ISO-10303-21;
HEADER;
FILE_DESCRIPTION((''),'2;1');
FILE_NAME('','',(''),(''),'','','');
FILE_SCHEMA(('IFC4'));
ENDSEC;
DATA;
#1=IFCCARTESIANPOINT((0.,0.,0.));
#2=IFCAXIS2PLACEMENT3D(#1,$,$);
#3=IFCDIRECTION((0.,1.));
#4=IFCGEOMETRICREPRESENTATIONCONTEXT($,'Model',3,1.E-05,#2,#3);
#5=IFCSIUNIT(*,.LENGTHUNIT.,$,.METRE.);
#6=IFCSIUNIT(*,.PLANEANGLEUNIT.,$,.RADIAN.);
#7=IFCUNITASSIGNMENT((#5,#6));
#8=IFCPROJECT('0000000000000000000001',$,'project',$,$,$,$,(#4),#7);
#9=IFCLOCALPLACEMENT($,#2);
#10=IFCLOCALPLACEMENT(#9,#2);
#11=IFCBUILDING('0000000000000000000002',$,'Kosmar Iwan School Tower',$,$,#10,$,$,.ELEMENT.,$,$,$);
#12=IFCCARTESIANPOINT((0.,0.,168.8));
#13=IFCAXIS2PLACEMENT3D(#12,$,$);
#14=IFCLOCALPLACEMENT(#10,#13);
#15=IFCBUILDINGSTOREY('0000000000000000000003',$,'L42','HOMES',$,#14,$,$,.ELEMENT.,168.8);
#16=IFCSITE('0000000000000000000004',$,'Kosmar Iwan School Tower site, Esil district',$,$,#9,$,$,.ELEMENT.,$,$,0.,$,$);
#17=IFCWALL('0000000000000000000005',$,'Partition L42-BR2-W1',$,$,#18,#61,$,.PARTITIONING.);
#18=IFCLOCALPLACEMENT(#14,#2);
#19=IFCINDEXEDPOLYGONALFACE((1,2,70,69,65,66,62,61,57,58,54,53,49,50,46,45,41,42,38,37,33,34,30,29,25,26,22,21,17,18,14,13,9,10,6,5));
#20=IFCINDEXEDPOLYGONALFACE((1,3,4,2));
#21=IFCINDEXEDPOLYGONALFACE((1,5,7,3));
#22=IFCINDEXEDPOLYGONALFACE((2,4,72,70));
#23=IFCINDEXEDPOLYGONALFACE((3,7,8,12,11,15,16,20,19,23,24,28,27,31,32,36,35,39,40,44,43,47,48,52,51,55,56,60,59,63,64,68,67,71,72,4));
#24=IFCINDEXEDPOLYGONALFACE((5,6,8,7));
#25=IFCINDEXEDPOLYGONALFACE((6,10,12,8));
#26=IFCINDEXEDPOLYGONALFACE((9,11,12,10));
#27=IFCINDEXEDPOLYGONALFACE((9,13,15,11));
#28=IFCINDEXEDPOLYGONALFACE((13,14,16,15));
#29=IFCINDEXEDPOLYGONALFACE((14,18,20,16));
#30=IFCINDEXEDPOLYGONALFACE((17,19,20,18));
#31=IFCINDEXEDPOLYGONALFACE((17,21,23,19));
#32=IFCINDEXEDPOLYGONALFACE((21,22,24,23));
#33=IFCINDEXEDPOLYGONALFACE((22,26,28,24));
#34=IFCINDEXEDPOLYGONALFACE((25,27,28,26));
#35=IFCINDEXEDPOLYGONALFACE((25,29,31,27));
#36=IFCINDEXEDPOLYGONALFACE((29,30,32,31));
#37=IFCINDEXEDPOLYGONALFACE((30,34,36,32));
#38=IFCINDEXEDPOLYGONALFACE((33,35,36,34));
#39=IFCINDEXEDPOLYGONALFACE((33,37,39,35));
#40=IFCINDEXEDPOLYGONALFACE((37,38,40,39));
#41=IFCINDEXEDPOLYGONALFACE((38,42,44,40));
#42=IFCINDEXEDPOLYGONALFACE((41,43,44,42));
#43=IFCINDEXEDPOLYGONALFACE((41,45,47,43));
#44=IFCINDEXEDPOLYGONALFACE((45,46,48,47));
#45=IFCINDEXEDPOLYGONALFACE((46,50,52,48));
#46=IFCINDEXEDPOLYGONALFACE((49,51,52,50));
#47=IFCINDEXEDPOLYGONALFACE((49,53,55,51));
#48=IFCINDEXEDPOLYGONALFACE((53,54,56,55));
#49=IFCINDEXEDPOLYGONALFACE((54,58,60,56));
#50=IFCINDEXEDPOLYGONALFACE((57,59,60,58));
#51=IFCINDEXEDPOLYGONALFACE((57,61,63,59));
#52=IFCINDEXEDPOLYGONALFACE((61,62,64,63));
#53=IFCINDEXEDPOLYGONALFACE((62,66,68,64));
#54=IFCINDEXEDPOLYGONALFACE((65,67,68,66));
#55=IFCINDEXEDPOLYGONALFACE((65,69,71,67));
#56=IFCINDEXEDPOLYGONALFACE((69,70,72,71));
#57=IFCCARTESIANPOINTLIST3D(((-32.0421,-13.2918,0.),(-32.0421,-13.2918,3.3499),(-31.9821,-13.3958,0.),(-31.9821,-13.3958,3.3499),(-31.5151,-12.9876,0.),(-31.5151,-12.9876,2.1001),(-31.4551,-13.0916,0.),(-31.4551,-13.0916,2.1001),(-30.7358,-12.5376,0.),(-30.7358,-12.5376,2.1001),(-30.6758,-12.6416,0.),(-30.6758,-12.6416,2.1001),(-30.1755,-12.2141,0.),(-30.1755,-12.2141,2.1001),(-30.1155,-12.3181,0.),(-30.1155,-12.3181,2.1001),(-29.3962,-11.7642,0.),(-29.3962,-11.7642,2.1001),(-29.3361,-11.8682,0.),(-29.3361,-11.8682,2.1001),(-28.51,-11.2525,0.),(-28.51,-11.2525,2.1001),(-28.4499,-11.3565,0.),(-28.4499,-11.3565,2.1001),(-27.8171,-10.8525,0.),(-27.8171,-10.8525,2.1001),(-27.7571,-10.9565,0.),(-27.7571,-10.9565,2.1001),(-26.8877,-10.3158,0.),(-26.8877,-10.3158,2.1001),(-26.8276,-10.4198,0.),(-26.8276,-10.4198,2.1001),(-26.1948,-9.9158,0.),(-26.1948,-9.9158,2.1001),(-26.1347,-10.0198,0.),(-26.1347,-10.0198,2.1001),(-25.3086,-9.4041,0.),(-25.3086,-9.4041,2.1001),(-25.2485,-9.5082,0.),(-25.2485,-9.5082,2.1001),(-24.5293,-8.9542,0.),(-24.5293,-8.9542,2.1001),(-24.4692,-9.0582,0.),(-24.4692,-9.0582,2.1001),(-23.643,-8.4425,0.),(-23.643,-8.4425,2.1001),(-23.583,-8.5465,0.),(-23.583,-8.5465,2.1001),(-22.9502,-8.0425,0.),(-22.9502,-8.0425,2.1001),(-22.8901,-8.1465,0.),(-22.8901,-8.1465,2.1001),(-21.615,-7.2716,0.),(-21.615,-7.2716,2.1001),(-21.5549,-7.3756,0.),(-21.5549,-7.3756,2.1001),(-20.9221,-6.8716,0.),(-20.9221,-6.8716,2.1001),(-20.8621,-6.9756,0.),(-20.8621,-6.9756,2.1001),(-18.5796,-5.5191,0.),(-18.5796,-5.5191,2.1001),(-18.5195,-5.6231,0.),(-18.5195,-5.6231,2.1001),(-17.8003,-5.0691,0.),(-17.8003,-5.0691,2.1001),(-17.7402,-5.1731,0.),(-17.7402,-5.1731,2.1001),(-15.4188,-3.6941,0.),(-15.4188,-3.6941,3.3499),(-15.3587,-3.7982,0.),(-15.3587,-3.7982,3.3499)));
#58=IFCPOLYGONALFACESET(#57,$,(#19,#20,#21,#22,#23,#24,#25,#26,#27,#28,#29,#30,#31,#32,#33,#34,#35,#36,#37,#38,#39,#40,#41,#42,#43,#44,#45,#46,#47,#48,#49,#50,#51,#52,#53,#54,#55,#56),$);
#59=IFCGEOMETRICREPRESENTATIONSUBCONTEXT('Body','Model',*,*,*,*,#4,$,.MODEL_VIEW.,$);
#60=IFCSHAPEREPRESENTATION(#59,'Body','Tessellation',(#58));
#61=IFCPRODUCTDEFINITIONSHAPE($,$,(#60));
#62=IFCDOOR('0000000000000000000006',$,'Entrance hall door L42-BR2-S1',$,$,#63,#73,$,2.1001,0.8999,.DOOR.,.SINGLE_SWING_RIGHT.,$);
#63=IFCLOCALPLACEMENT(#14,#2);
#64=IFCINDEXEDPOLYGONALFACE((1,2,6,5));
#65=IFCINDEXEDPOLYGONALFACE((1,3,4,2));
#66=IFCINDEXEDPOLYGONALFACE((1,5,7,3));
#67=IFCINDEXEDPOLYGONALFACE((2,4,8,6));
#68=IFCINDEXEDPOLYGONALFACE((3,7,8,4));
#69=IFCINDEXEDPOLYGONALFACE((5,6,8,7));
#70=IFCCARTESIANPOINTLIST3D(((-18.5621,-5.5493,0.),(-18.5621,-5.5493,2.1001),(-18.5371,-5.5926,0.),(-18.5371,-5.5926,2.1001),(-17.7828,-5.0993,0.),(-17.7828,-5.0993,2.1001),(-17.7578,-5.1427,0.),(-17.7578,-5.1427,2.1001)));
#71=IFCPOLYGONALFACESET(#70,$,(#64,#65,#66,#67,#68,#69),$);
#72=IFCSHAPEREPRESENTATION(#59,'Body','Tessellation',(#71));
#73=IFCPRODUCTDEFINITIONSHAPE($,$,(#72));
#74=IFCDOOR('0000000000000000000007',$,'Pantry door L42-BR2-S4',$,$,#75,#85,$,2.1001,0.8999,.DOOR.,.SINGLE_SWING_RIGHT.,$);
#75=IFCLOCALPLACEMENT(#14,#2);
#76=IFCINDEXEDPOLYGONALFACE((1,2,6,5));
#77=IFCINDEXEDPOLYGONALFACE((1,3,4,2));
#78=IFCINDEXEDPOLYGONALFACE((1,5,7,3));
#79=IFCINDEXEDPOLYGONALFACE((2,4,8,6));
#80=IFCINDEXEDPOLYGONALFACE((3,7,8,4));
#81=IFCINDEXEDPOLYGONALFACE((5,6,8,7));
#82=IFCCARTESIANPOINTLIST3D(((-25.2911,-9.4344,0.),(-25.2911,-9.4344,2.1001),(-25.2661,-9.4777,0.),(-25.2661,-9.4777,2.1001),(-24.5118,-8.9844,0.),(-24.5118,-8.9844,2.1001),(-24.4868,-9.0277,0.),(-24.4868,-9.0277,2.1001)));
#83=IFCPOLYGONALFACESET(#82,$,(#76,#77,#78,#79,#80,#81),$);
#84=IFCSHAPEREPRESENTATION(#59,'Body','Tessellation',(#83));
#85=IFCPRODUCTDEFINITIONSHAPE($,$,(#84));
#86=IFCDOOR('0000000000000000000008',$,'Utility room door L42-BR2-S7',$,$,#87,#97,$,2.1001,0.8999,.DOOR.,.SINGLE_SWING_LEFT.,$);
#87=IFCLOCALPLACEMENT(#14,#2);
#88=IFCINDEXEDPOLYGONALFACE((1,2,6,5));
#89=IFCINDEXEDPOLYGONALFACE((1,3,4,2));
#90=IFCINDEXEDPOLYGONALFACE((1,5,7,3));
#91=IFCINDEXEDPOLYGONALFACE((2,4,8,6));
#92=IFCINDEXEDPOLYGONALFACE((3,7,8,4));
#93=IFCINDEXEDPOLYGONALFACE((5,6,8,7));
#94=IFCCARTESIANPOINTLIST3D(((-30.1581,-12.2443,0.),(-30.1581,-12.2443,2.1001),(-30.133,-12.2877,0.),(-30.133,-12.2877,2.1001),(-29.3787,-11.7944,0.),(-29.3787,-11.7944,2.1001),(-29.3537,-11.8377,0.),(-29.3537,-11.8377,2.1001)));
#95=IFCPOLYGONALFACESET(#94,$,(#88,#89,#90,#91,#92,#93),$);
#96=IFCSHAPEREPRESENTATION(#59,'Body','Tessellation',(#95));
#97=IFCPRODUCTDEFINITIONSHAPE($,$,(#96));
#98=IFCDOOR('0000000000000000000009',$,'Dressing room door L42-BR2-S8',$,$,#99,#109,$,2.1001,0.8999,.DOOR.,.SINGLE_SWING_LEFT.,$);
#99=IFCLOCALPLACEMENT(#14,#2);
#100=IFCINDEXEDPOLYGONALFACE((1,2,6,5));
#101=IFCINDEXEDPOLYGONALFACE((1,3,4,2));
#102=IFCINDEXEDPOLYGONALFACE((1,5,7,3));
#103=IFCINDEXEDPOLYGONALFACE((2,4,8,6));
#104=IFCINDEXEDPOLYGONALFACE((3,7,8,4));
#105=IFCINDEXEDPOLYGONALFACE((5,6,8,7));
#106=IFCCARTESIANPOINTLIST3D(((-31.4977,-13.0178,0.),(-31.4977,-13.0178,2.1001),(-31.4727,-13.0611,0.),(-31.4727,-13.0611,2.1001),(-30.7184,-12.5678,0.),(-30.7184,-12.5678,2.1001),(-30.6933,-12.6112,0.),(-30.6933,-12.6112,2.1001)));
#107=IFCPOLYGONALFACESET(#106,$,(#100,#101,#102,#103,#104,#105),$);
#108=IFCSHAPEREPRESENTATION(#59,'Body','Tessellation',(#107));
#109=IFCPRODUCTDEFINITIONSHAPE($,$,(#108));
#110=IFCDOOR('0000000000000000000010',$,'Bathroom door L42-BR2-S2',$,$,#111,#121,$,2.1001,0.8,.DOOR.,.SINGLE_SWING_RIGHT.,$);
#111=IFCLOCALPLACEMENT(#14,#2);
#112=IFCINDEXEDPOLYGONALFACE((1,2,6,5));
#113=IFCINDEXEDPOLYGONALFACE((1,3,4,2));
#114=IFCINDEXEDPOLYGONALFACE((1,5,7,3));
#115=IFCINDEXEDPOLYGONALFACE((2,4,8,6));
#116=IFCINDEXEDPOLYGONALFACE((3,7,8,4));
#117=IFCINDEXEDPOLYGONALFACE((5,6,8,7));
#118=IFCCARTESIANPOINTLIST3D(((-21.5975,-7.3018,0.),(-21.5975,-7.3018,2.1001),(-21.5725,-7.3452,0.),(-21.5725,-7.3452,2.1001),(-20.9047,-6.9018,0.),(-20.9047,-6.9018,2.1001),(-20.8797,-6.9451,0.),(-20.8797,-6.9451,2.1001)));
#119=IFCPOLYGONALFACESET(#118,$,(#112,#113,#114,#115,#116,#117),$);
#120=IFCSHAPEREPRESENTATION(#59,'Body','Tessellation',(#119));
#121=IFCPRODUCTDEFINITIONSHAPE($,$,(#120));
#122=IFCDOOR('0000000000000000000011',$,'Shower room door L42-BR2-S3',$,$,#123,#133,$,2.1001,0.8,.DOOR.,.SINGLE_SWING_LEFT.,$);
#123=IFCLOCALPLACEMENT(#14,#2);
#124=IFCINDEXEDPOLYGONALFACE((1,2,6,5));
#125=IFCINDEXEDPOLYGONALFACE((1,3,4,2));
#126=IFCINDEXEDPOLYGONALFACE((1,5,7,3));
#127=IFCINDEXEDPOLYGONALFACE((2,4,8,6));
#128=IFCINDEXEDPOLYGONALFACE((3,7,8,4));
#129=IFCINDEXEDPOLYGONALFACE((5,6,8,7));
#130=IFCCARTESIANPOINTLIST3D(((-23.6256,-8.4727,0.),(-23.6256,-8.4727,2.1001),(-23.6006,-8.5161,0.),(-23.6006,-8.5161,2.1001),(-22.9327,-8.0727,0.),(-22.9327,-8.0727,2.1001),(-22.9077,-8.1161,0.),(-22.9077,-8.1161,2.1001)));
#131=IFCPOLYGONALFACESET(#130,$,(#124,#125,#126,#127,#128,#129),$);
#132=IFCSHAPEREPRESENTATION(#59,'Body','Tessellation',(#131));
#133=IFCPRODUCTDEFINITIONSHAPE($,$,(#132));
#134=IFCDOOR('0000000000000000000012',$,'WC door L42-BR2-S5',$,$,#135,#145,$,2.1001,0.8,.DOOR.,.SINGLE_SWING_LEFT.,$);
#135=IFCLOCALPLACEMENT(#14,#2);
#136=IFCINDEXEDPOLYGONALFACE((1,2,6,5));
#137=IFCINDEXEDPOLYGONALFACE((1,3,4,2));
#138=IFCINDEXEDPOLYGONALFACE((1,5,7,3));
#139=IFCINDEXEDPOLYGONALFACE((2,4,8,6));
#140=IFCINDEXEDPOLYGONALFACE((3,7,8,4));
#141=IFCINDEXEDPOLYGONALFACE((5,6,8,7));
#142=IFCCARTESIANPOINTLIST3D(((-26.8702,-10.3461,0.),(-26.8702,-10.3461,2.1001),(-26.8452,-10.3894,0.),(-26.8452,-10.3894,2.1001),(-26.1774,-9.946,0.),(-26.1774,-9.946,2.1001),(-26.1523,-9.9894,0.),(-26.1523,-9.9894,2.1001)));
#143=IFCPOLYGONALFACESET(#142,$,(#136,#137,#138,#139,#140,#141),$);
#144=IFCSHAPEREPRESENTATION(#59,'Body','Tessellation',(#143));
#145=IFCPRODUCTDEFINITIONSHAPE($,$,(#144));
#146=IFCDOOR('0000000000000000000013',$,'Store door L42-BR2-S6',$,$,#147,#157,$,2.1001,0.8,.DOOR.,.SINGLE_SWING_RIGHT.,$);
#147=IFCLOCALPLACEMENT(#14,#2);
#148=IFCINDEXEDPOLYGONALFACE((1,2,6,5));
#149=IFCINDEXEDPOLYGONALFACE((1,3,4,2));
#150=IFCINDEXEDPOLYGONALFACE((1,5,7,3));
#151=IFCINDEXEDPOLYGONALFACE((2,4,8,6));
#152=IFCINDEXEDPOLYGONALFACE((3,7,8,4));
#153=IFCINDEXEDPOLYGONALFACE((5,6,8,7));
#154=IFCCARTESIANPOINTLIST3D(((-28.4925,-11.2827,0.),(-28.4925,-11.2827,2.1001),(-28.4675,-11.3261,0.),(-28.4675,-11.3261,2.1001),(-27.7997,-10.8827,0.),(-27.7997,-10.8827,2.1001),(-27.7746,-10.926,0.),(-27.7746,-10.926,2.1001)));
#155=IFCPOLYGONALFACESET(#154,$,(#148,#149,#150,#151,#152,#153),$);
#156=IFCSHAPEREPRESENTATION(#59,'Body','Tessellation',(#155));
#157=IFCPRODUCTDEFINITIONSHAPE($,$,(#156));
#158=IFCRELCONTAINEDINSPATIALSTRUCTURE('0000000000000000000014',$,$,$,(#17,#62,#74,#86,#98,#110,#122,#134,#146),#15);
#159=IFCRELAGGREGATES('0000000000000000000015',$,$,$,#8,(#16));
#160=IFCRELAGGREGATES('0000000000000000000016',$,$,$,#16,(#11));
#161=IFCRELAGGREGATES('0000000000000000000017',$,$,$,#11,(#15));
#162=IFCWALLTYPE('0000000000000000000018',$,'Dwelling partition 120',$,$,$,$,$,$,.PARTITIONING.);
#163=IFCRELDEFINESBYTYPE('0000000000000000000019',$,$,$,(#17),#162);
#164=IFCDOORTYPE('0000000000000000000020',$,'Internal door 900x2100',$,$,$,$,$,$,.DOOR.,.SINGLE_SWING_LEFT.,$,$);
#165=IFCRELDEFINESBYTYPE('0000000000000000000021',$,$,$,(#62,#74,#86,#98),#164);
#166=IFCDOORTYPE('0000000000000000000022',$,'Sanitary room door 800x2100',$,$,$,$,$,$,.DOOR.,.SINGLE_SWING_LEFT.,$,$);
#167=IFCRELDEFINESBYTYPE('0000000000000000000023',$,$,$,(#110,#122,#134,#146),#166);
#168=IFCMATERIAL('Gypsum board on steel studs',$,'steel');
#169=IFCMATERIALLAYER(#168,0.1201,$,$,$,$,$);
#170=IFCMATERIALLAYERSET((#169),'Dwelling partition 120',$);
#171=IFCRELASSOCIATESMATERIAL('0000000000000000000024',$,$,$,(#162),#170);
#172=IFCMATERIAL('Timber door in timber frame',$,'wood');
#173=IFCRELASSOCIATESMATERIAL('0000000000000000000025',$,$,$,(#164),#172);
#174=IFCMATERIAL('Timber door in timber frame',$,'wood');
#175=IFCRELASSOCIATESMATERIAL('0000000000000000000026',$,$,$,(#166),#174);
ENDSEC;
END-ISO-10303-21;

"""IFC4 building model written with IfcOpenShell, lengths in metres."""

from ifc_helpers import new_model, si_unit, direction, frame, frame_2d, origin, place, context, subcontext, project, spatial, rectangle, extrude, material, layer, layer_set, type_object, element, fill, save


model = new_model("IFC4")

# Units and contexts
model_context = context("Model", 3, precision=1e-05, world=origin(), true_north=direction((0.0, 1.0)))
body_context = subcontext(model_context, "Body", "Model", "MODEL_VIEW")
ifc_project = project(units=[si_unit("LENGTHUNIT", "METRE"), si_unit("PLANEANGLEUNIT", "RADIAN")], contexts=[model_context])

# Site, building, storey
site_placement = place(None, origin())
site = spatial("IfcSite", under=ifc_project, at=site_placement, Name="Kosmar Iwan School Tower site, Esil district", CompositionType="ELEMENT", RefElevation=0.0)
building_placement = place(site_placement, origin())
building = spatial("IfcBuilding", under=site, at=building_placement, Name="Kosmar Iwan School Tower", CompositionType="ELEMENT")
storey_placement = place(building_placement, frame((0.0, 0.0, 168.8)))
storey = spatial("IfcBuildingStorey", under=building, at=storey_placement, Name="L42", Description="HOMES", CompositionType="ELEMENT", Elevation=168.8)

# Shared definitions
ifc_material_1 = material(Name="Gypsum board on steel studs", Category="steel")
ifc_layer_1 = layer(ifc_material_1, 0.1201)
ifc_layer_set_1 = layer_set([ifc_layer_1], Name="Dwelling partition 120")
wall_type_1 = type_object("IfcWallType", Name="Dwelling partition 120", PredefinedType="PARTITIONING", material=ifc_layer_set_1)

# Wall, openings, doors
wall_1_placement = place(storey_placement, frame((-15.3887, -3.7461, 0.0), z_axis=(0.0, 0.0, 1.0), x_axis=(-0.866021, -0.500008, 0.0)))
wall_1 = element("IfcWall", 1, at=wall_1_placement, inside=storey, type_object=wall_type_1, Name="Partition L42-BR2-W1", PredefinedType="PARTITIONING", context=body_context, shape_type="SweptSolid", body=[
    extrude(rectangle(XDim=19.1951, YDim=0.1201, at=frame_2d((9.5977, 0.0))), origin(), (0.0, 0.0, 1.0), 3.3499),
])
opening_1_placement = place(wall_1_placement, frame((2.75, 0.0, 0.0)))
opening_1 = element("IfcOpeningElement", 2, at=opening_1_placement, cuts=wall_1, PredefinedType="OPENING", context=body_context, shape_type="SweptSolid", body=[
    extrude(rectangle(XDim=0.8999, YDim=2.1001, at=frame_2d((0.45, 1.05))), frame((0.0, 0.072, 0.0), z_axis=(0.0, -1.0, 0.0), x_axis=(1.0, 0.0, 0.0)), (0.0, 0.0, 1.0), 0.144),
])
opening_2_placement = place(wall_1_placement, frame((6.355, 0.0, 0.0)))
opening_2 = element("IfcOpeningElement", 3, at=opening_2_placement, cuts=wall_1, PredefinedType="OPENING", context=body_context, shape_type="SweptSolid", body=[
    extrude(rectangle(XDim=0.8, YDim=2.1001, at=frame_2d((0.3999, 1.05))), frame((0.0, 0.072, 0.0), z_axis=(0.0, -1.0, 0.0), x_axis=(1.0, 0.0, 0.0)), (0.0, 0.0, 1.0), 0.144),
])
opening_3_placement = place(wall_1_placement, frame((8.6968, 0.0, 0.0)))
opening_3 = element("IfcOpeningElement", 4, at=opening_3_placement, cuts=wall_1, PredefinedType="OPENING", context=body_context, shape_type="SweptSolid", body=[
    extrude(rectangle(XDim=0.8, YDim=2.1001, at=frame_2d((0.3999, 1.05))), frame((0.0, 0.072, 0.0), z_axis=(0.0, -1.0, 0.0), x_axis=(1.0, 0.0, 0.0)), (0.0, 0.0, 1.0), 0.144),
])
opening_4_placement = place(wall_1_placement, frame((10.52, 0.0, 0.0)))
opening_4 = element("IfcOpeningElement", 5, at=opening_4_placement, cuts=wall_1, PredefinedType="OPENING", context=body_context, shape_type="SweptSolid", body=[
    extrude(rectangle(XDim=0.8999, YDim=2.1001, at=frame_2d((0.45, 1.05))), frame((0.0, 0.072, 0.0), z_axis=(0.0, -1.0, 0.0), x_axis=(1.0, 0.0, 0.0)), (0.0, 0.0, 1.0), 0.144),
])
opening_5_placement = place(wall_1_placement, frame((12.4434, 0.0, 0.0)))
opening_5 = element("IfcOpeningElement", 6, at=opening_5_placement, cuts=wall_1, PredefinedType="OPENING", context=body_context, shape_type="SweptSolid", body=[
    extrude(rectangle(XDim=0.8, YDim=2.1001, at=frame_2d((0.3999, 1.05))), frame((0.0, 0.072, 0.0), z_axis=(0.0, -1.0, 0.0), x_axis=(1.0, 0.0, 0.0)), (0.0, 0.0, 1.0), 0.144),
])
opening_6_placement = place(wall_1_placement, frame((14.3167, 0.0, 0.0)))
opening_6 = element("IfcOpeningElement", 7, at=opening_6_placement, cuts=wall_1, PredefinedType="OPENING", context=body_context, shape_type="SweptSolid", body=[
    extrude(rectangle(XDim=0.8, YDim=2.1001, at=frame_2d((0.3999, 1.05))), frame((0.0, 0.072, 0.0), z_axis=(0.0, -1.0, 0.0), x_axis=(1.0, 0.0, 0.0)), (0.0, 0.0, 1.0), 0.144),
])
opening_7_placement = place(wall_1_placement, frame((16.1399, 0.0, 0.0)))
opening_7 = element("IfcOpeningElement", 8, at=opening_7_placement, cuts=wall_1, PredefinedType="OPENING", context=body_context, shape_type="SweptSolid", body=[
    extrude(rectangle(XDim=0.8999, YDim=2.1001, at=frame_2d((0.45, 1.05))), frame((0.0, 0.072, 0.0), z_axis=(0.0, -1.0, 0.0), x_axis=(1.0, 0.0, 0.0)), (0.0, 0.0, 1.0), 0.144),
])
opening_8_placement = place(wall_1_placement, frame((17.6868, 0.0, 0.0)))
opening_8 = element("IfcOpeningElement", 9, at=opening_8_placement, cuts=wall_1, PredefinedType="OPENING", context=body_context, shape_type="SweptSolid", body=[
    extrude(rectangle(XDim=0.8999, YDim=2.1001, at=frame_2d((0.45, 1.05))), frame((0.0, 0.072, 0.0), z_axis=(0.0, -1.0, 0.0), x_axis=(1.0, 0.0, 0.0)), (0.0, 0.0, 1.0), 0.144),
])
ifc_material_2 = material(Name="Timber door in timber frame", Category="wood")
door_type_1 = type_object("IfcDoorType", Name="Internal door 900x2100", OperationType="SINGLE_SWING_LEFT", PredefinedType="DOOR", material=ifc_material_2)
door_1_placement = place(opening_1_placement, origin())
door_1 = element("IfcDoor", 10, at=door_1_placement, inside=storey, type_object=door_type_1, Name="Entrance hall door L42-BR2-S1", OperationType="SINGLE_SWING_RIGHT", OverallHeight=2.1001, OverallWidth=0.8999, PredefinedType="DOOR", context=body_context, shape_type="SweptSolid", body=[
    extrude(rectangle(XDim=0.8999, YDim=2.1001, at=frame_2d((0.45, 1.05))), frame((0.0, 0.0249, 0.0), z_axis=(0.0, -1.0, 0.0), x_axis=(1.0, 0.0, 0.0)), (0.0, 0.0, 1.0), 0.05),
])
fill(opening_1, door_1)
door_2_placement = place(opening_4_placement, origin())
door_2 = element("IfcDoor", 11, at=door_2_placement, inside=storey, type_object=door_type_1, Name="Pantry door L42-BR2-S4", OperationType="SINGLE_SWING_RIGHT", OverallHeight=2.1001, OverallWidth=0.8999, PredefinedType="DOOR", context=body_context, shape_type="SweptSolid", body=[
    extrude(rectangle(XDim=0.8999, YDim=2.1001, at=frame_2d((0.45, 1.05))), frame((0.0, 0.0249, 0.0), z_axis=(0.0, -1.0, 0.0), x_axis=(1.0, 0.0, 0.0)), (0.0, 0.0, 1.0), 0.05),
])
fill(opening_4, door_2)
door_3_placement = place(opening_7_placement, origin())
door_3 = element("IfcDoor", 12, at=door_3_placement, inside=storey, type_object=door_type_1, Name="Utility room door L42-BR2-S7", OperationType="SINGLE_SWING_LEFT", OverallHeight=2.1001, OverallWidth=0.8999, PredefinedType="DOOR", context=body_context, shape_type="SweptSolid", body=[
    extrude(rectangle(XDim=0.8999, YDim=2.1001, at=frame_2d((0.45, 1.05))), frame((0.0, 0.0249, 0.0), z_axis=(0.0, -1.0, 0.0), x_axis=(1.0, 0.0, 0.0)), (0.0, 0.0, 1.0), 0.05),
])
fill(opening_7, door_3)
door_4_placement = place(opening_8_placement, origin())
door_4 = element("IfcDoor", 13, at=door_4_placement, inside=storey, type_object=door_type_1, Name="Dressing room door L42-BR2-S8", OperationType="SINGLE_SWING_LEFT", OverallHeight=2.1001, OverallWidth=0.8999, PredefinedType="DOOR", context=body_context, shape_type="SweptSolid", body=[
    extrude(rectangle(XDim=0.8999, YDim=2.1001, at=frame_2d((0.45, 1.05))), frame((0.0, 0.0249, 0.0), z_axis=(0.0, -1.0, 0.0), x_axis=(1.0, 0.0, 0.0)), (0.0, 0.0, 1.0), 0.05),
])
fill(opening_8, door_4)
ifc_material_3 = material(Name="Timber door in timber frame", Category="wood")
door_type_2 = type_object("IfcDoorType", Name="Sanitary room door 800x2100", OperationType="SINGLE_SWING_LEFT", PredefinedType="DOOR", material=ifc_material_3)
door_5_placement = place(opening_2_placement, origin())
door_5 = element("IfcDoor", 14, at=door_5_placement, inside=storey, type_object=door_type_2, Name="Bathroom door L42-BR2-S2", OperationType="SINGLE_SWING_RIGHT", OverallHeight=2.1001, OverallWidth=0.8, PredefinedType="DOOR", context=body_context, shape_type="SweptSolid", body=[
    extrude(rectangle(XDim=0.8, YDim=2.1001, at=frame_2d((0.3999, 1.05))), frame((0.0, 0.0249, 0.0), z_axis=(0.0, -1.0, 0.0), x_axis=(1.0, 0.0, 0.0)), (0.0, 0.0, 1.0), 0.05),
])
fill(opening_2, door_5)
door_6_placement = place(opening_3_placement, origin())
door_6 = element("IfcDoor", 15, at=door_6_placement, inside=storey, type_object=door_type_2, Name="Shower room door L42-BR2-S3", OperationType="SINGLE_SWING_LEFT", OverallHeight=2.1001, OverallWidth=0.8, PredefinedType="DOOR", context=body_context, shape_type="SweptSolid", body=[
    extrude(rectangle(XDim=0.8, YDim=2.1001, at=frame_2d((0.3999, 1.05))), frame((0.0, 0.0249, 0.0), z_axis=(0.0, -1.0, 0.0), x_axis=(1.0, 0.0, 0.0)), (0.0, 0.0, 1.0), 0.05),
])
fill(opening_3, door_6)
door_7_placement = place(opening_5_placement, origin())
door_7 = element("IfcDoor", 16, at=door_7_placement, inside=storey, type_object=door_type_2, Name="WC door L42-BR2-S5", OperationType="SINGLE_SWING_LEFT", OverallHeight=2.1001, OverallWidth=0.8, PredefinedType="DOOR", context=body_context, shape_type="SweptSolid", body=[
    extrude(rectangle(XDim=0.8, YDim=2.1001, at=frame_2d((0.3999, 1.05))), frame((0.0, 0.0249, 0.0), z_axis=(0.0, -1.0, 0.0), x_axis=(1.0, 0.0, 0.0)), (0.0, 0.0, 1.0), 0.05),
])
fill(opening_5, door_7)
door_8_placement = place(opening_6_placement, origin())
door_8 = element("IfcDoor", 17, at=door_8_placement, inside=storey, type_object=door_type_2, Name="Store door L42-BR2-S6", OperationType="SINGLE_SWING_RIGHT", OverallHeight=2.1001, OverallWidth=0.8, PredefinedType="DOOR", context=body_context, shape_type="SweptSolid", body=[
    extrude(rectangle(XDim=0.8, YDim=2.1001, at=frame_2d((0.3999, 1.05))), frame((0.0, 0.0249, 0.0), z_axis=(0.0, -1.0, 0.0), x_axis=(1.0, 0.0, 0.0)), (0.0, 0.0, 1.0), 0.05),
])
fill(opening_6, door_8)

save(model, "model.ifc")
